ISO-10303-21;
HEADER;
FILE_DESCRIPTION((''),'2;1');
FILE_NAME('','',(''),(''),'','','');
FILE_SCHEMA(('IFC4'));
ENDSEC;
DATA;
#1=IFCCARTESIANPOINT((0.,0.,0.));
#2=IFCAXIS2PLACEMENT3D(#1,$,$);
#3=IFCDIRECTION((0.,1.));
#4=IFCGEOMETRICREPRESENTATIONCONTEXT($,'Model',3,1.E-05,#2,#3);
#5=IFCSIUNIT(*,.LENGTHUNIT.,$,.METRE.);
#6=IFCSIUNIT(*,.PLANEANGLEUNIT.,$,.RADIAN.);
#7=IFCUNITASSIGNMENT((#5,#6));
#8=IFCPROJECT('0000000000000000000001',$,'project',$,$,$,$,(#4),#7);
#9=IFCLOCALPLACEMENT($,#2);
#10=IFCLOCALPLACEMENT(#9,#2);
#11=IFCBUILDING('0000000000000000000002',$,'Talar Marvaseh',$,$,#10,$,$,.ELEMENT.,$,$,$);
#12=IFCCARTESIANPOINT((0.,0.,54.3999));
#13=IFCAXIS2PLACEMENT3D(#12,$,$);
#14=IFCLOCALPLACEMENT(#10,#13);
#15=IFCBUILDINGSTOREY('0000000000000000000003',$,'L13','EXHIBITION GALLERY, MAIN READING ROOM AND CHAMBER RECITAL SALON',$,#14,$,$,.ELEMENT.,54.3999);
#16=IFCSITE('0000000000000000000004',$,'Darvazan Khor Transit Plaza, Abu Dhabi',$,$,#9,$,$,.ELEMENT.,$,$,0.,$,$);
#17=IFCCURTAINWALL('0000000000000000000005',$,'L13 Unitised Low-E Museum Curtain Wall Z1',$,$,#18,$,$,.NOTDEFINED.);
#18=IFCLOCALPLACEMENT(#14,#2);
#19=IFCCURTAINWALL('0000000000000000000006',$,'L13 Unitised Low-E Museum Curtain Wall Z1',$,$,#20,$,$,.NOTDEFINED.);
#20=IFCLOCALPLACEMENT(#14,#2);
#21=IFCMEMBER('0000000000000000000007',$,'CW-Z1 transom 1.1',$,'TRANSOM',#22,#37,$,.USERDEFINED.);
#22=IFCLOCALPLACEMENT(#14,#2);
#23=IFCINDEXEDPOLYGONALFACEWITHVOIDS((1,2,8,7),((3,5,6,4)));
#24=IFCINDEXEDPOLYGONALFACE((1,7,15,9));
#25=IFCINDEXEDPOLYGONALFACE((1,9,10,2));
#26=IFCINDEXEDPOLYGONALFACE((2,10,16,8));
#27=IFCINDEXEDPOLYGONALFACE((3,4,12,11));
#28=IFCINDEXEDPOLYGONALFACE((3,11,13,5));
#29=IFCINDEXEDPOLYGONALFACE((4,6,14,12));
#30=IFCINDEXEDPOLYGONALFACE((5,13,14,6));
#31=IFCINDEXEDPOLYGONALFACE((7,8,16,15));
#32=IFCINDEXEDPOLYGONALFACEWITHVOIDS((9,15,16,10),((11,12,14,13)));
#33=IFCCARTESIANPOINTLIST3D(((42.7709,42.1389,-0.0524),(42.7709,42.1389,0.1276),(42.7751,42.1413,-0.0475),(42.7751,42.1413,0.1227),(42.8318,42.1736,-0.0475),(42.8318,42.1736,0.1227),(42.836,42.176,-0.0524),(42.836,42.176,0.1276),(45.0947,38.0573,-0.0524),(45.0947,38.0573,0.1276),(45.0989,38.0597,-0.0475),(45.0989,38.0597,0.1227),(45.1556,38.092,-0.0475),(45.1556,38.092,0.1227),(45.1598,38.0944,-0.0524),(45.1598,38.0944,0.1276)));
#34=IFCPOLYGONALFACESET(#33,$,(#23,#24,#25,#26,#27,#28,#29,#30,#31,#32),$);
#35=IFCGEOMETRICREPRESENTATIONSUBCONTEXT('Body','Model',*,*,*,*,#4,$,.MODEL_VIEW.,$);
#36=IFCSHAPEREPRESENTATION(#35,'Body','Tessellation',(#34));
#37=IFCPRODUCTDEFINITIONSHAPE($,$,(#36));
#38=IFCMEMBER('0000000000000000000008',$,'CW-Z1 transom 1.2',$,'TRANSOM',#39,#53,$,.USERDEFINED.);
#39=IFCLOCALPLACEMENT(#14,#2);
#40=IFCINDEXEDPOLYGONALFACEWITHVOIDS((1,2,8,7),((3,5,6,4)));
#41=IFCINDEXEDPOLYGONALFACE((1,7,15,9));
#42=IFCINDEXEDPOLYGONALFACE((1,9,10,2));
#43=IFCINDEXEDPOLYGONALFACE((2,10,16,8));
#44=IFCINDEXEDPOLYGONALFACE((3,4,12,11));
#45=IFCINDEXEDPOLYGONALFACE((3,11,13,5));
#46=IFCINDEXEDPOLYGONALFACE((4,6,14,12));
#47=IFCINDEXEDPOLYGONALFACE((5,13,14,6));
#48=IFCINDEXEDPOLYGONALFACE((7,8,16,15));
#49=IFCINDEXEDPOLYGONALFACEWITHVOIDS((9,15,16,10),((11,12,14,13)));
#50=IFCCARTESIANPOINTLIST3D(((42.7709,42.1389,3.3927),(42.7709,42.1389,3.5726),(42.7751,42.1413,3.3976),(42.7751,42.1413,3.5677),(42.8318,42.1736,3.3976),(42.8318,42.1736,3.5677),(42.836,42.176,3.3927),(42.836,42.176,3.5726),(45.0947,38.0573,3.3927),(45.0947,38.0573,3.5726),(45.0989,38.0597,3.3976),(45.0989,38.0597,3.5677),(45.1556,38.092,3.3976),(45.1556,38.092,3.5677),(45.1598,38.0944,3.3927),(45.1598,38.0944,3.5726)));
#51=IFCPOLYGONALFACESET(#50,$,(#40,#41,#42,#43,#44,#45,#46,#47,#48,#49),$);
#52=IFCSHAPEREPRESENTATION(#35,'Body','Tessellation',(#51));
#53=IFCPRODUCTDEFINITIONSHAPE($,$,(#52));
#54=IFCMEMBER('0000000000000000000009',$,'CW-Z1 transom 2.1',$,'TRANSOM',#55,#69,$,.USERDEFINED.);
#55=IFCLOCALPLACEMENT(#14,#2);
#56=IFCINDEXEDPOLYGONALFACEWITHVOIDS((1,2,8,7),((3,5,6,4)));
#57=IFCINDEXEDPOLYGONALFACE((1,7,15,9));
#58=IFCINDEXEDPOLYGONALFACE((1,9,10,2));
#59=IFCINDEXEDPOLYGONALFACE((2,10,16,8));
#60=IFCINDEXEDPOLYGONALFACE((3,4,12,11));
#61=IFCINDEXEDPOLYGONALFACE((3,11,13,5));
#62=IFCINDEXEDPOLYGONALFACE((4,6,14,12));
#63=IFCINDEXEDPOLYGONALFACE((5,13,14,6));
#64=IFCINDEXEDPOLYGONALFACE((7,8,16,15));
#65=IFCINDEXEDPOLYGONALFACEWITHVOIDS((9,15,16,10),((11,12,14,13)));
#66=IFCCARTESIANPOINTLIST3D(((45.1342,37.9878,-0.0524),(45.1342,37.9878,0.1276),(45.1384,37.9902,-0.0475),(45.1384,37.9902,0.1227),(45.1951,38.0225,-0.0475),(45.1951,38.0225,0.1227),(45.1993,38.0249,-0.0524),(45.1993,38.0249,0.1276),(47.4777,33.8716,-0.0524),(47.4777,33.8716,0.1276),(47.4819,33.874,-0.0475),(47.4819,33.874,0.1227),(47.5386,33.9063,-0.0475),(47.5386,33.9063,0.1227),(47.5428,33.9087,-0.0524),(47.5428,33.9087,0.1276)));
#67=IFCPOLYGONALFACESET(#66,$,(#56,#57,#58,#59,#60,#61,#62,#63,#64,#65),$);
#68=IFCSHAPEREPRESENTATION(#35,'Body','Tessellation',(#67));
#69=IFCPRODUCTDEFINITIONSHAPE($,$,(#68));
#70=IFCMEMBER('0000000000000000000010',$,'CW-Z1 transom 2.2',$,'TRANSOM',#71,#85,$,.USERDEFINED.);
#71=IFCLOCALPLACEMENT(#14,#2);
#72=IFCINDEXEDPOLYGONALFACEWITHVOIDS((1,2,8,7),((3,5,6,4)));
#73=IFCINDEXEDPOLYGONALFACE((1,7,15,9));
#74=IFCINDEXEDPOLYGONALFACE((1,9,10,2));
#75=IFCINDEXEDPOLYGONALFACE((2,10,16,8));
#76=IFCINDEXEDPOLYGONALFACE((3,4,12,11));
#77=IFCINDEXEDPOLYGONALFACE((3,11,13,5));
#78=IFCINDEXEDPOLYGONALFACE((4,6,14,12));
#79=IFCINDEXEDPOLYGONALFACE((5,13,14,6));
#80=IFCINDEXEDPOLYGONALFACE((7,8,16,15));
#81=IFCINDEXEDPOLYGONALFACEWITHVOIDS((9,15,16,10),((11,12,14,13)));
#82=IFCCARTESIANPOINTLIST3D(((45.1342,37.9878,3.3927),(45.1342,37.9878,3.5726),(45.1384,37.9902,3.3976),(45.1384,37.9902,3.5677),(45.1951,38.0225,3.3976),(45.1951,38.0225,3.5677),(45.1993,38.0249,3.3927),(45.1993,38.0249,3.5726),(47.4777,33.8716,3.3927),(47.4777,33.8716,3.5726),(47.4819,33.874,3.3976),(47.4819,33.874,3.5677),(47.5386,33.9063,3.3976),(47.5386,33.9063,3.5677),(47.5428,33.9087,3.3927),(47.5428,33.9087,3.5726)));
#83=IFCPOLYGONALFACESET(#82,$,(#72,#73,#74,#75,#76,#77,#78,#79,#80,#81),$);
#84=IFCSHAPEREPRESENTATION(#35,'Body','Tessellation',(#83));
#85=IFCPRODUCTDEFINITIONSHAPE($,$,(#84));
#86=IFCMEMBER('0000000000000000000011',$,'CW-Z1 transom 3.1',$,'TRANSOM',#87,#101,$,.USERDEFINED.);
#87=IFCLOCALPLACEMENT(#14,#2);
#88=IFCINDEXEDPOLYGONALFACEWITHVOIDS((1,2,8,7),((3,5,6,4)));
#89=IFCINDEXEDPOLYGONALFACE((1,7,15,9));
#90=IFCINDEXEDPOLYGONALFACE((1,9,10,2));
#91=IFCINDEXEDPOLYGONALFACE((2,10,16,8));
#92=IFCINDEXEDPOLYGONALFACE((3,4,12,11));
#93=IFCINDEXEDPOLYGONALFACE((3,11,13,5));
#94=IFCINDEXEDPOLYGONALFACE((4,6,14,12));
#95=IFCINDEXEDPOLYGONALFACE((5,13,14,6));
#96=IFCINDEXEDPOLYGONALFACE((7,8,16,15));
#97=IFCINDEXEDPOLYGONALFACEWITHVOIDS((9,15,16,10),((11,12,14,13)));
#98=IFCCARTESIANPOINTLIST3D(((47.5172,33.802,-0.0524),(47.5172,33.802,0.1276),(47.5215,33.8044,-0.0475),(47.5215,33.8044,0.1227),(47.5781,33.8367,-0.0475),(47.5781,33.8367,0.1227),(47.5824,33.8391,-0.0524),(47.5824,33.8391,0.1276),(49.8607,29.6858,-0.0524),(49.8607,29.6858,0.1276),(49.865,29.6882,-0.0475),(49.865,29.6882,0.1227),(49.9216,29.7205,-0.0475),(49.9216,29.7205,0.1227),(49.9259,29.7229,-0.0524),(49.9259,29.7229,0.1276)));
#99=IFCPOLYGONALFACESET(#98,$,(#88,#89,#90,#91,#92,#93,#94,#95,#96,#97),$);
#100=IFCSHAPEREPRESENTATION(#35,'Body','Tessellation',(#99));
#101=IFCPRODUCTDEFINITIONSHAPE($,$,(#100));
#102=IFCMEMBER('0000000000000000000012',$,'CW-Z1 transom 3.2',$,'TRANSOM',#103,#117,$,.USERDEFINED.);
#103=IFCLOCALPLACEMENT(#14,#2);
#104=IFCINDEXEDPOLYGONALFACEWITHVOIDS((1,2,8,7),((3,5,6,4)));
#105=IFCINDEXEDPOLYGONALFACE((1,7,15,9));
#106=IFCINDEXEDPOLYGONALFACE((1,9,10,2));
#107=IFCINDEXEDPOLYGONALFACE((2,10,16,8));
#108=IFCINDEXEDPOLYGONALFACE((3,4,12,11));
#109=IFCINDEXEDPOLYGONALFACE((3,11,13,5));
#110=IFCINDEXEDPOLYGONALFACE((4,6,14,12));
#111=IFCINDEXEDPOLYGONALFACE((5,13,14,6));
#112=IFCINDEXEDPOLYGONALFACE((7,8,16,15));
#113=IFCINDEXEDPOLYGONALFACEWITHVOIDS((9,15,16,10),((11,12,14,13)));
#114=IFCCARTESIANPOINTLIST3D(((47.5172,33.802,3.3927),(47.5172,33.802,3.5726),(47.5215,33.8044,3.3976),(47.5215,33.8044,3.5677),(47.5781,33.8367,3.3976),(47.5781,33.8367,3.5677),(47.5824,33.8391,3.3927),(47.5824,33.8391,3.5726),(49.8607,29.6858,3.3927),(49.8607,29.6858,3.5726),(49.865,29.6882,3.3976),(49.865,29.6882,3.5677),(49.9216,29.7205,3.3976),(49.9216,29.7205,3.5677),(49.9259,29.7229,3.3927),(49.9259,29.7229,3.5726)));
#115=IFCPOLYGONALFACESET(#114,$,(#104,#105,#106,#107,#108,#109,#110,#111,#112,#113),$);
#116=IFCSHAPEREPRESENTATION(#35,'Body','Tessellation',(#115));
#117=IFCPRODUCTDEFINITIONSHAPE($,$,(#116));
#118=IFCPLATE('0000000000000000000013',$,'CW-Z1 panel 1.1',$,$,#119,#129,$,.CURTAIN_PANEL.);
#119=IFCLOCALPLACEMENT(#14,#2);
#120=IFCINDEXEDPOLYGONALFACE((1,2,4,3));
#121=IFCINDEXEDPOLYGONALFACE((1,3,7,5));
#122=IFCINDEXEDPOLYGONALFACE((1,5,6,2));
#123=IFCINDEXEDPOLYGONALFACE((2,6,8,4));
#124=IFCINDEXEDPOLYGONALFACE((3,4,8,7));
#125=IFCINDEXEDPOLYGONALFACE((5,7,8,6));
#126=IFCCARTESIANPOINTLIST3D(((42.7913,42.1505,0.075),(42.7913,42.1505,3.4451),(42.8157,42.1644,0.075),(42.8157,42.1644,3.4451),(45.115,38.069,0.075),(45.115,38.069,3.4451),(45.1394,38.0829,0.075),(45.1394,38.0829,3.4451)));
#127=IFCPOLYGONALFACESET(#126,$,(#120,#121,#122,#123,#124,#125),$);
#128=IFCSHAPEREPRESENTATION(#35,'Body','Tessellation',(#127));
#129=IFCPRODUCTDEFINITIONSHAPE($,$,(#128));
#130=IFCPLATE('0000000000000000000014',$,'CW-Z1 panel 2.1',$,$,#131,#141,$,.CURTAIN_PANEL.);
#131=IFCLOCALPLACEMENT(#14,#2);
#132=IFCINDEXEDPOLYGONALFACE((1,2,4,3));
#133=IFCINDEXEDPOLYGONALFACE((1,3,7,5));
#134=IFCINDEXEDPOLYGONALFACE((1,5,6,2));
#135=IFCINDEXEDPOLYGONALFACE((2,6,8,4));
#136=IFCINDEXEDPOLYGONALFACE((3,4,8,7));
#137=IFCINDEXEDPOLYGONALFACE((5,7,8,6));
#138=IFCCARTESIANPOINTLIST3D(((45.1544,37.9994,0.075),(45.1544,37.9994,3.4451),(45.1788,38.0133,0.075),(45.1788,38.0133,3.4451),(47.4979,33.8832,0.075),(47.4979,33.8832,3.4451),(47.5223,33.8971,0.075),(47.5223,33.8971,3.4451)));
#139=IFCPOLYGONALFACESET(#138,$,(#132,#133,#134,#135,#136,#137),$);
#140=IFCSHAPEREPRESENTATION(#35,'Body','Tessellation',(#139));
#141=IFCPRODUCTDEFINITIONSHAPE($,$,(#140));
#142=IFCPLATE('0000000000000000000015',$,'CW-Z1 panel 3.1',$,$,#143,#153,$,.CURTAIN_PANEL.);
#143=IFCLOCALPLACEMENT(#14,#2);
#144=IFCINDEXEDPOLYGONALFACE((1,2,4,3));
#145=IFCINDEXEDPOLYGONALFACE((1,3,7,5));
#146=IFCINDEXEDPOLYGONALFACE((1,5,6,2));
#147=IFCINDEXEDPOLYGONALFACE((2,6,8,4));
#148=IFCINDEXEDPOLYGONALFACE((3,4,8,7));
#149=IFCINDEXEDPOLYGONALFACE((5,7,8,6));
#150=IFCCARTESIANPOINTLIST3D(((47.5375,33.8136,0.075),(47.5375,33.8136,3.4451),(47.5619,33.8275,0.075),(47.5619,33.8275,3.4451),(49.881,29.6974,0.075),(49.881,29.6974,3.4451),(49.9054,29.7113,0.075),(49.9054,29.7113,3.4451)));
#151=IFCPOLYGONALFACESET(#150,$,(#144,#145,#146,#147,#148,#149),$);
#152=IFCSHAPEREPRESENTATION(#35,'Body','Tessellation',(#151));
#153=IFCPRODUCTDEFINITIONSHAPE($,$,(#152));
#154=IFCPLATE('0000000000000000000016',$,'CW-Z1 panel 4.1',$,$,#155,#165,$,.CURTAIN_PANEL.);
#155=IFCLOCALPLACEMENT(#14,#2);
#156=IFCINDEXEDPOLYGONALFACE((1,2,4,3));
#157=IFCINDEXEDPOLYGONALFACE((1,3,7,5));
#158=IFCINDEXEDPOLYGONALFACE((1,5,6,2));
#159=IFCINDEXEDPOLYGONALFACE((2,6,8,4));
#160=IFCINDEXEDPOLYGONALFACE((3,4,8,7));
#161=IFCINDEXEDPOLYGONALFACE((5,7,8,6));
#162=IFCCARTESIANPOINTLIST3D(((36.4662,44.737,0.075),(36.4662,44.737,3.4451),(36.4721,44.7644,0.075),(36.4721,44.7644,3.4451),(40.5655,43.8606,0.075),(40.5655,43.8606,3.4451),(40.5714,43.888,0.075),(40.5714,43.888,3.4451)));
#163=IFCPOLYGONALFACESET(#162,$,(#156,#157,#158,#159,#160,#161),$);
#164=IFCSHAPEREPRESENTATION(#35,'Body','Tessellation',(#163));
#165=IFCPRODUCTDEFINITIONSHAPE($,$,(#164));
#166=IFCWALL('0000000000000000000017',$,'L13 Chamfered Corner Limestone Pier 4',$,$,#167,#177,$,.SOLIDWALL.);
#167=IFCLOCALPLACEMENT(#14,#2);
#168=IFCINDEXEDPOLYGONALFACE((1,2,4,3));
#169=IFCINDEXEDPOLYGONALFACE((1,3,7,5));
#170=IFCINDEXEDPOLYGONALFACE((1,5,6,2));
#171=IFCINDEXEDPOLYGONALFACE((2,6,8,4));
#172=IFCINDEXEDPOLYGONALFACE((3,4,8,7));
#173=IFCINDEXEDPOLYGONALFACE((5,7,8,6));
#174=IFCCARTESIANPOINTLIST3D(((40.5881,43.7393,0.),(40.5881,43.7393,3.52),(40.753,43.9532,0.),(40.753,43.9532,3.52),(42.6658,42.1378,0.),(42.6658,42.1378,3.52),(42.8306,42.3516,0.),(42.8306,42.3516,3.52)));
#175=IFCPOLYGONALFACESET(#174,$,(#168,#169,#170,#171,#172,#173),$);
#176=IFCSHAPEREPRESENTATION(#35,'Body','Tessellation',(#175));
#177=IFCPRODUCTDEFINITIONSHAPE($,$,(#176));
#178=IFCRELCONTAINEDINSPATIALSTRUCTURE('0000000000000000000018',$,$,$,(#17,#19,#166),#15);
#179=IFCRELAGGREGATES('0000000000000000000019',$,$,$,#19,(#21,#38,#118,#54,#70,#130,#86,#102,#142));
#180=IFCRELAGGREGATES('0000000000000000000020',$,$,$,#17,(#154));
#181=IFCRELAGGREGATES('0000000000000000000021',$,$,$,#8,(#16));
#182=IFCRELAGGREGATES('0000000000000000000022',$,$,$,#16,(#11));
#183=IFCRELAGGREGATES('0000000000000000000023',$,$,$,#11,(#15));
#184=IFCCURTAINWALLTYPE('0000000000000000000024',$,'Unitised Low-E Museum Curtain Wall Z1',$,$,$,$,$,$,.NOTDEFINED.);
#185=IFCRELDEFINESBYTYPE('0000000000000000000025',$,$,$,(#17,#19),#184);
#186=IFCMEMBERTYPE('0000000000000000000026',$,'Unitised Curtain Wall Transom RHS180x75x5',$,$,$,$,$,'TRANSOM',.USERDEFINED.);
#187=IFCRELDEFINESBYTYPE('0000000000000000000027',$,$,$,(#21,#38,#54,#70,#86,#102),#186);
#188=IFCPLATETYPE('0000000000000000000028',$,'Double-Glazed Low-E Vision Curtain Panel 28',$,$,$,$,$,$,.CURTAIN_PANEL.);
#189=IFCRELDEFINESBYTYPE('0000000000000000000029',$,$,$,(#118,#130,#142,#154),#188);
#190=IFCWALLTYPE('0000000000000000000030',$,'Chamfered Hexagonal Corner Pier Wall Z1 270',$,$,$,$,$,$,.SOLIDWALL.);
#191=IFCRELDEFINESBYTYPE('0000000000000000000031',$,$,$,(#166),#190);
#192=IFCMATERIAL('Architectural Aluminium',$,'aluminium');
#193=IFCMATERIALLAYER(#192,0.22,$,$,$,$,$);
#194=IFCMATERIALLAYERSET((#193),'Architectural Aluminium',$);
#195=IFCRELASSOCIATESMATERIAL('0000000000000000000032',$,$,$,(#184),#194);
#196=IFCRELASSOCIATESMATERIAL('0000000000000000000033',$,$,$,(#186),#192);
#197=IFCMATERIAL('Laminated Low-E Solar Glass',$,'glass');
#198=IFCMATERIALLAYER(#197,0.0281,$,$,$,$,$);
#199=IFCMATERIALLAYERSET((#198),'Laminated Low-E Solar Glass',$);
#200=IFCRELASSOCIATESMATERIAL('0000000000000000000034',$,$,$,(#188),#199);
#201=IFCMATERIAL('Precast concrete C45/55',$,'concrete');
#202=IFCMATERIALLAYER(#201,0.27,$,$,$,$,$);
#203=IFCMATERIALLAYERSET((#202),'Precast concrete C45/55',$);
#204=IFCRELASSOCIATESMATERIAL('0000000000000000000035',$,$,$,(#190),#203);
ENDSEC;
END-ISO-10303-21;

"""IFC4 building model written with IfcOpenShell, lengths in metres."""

from ifc_helpers import new_model, si_unit, direction, frame, frame_2d, origin, origin_2d, place, context, subcontext, project, spatial, rectangle, hollow_rectangle, extrude, source, transform, mapped, material, layer, layer_set, material_profile, profile_set, type_object, type_shapes, element, aggregate, save


model = new_model("IFC4")

# Units and contexts
model_context = context("Model", 3, precision=1e-05, world=origin(), true_north=direction((0.0, 1.0)))
body_context = subcontext(model_context, "Body", "Model", "MODEL_VIEW")
ifc_project = project(units=[si_unit("LENGTHUNIT", "METRE"), si_unit("PLANEANGLEUNIT", "RADIAN")], contexts=[model_context])

# Site, building, storey
site_placement = place(None, origin())
site = spatial("IfcSite", under=ifc_project, at=site_placement, Name="Darvazan Khor Transit Plaza, Abu Dhabi", CompositionType="ELEMENT", RefElevation=0.0)
building_placement = place(site_placement, origin())
building = spatial("IfcBuilding", under=site, at=building_placement, Name="Talar Marvaseh", CompositionType="ELEMENT")
storey_placement = place(building_placement, frame((0.0, 0.0, 54.3999)))
storey = spatial("IfcBuildingStorey", under=building, at=storey_placement, Name="L13", Description="EXHIBITION GALLERY, MAIN READING ROOM AND CHAMBER RECITAL SALON", CompositionType="ELEMENT", Elevation=54.3999)

# Curtain wall
ifc_material_1 = material(Name="Architectural Aluminium", Category="aluminium")
ifc_layer_1 = layer(ifc_material_1, 0.22)
ifc_layer_set_1 = layer_set([ifc_layer_1], Name="Architectural Aluminium")
curtain_wall_type = type_object("IfcCurtainWallType", Name="Unitised Low-E Museum Curtain Wall Z1", PredefinedType="NOTDEFINED", material=ifc_layer_set_1)
curtain_wall_1_placement = place(storey_placement, origin())
curtain_wall_1 = element("IfcCurtainWall", 1, at=curtain_wall_1_placement, inside=storey, type_object=curtain_wall_type, Name="L13 Unitised Low-E Museum Curtain Wall Z1", PredefinedType="NOTDEFINED")

# Curtain wall, members, plates
curtain_wall_2_placement = place(storey_placement, origin())
curtain_wall_2 = element("IfcCurtainWall", 2, at=curtain_wall_2_placement, inside=storey, type_object=curtain_wall_type, Name="L13 Unitised Low-E Museum Curtain Wall Z1", PredefinedType="NOTDEFINED")
ifc_material_profile_1 = material_profile(ifc_material_1, hollow_rectangle(XDim=0.075, YDim=0.1799, WallThickness=0.0049, at=origin_2d()), Name="RHS180x75x5")
ifc_profile_set_1 = profile_set([ifc_material_profile_1], Name="Architectural Aluminium")
member_type_1 = type_object("IfcMemberType", Name="Unitised Curtain Wall Transom RHS180x75x5", ElementType="TRANSOM", PredefinedType="USERDEFINED", material=ifc_profile_set_1)
shared_shape_1 = source(origin(), body_context, "Body", "SweptSolid", [
    extrude(hollow_rectangle(XDim=0.075, YDim=0.1799, WallThickness=0.0049, at=origin_2d()), origin(), (0.0, 0.0, 1.0), 4.6968),
])
member_1_placement = place(storey_placement, frame((42.8035, 42.1575, 0.0376), z_axis=(0.494761, -0.869029, 0.0), x_axis=(0.869029, 0.494761, 0.0)))
member_1 = element("IfcMember", 3, at=member_1_placement, type_object=member_type_1, Name="CW-Z1 transom 1.1", ObjectType="TRANSOM", PredefinedType="USERDEFINED", context=body_context, shape_type="MappedRepresentation", body=[
    mapped(shared_shape_1, transform((0.0, 0.0, 0.0), x_axis=(1.0, 0.0, 0.0), y_axis=(0.0, 1.0, 0.0), z_axis=(0.0, 0.0, 1.0), scale=1.0)),
])
member_2_placement = place(storey_placement, frame((42.8035, 42.1575, 3.4827), z_axis=(0.494761, -0.869029, 0.0), x_axis=(0.869029, 0.494761, 0.0)))
member_2 = element("IfcMember", 4, at=member_2_placement, type_object=member_type_1, Name="CW-Z1 transom 1.2", ObjectType="TRANSOM", PredefinedType="USERDEFINED", context=body_context, shape_type="MappedRepresentation", body=[
    mapped(shared_shape_1, transform((0.0, 0.0, 0.0), x_axis=(1.0, 0.0, 0.0), y_axis=(0.0, 1.0, 0.0), z_axis=(0.0, 0.0, 1.0), scale=1.0)),
])
shared_shape_2 = source(origin(), body_context, "Body", "SweptSolid", [
    extrude(hollow_rectangle(XDim=0.075, YDim=0.1799, WallThickness=0.0049, at=origin_2d()), origin(), (0.0, 0.0, 1.0), 4.7366),
])
type_shapes(member_type_1, [shared_shape_1, shared_shape_2])
member_3_placement = place(storey_placement, frame((45.1667, 38.0063, 0.0376), z_axis=(0.494767, -0.869026, 0.0), x_axis=(0.869026, 0.494767, 0.0)))
member_3 = element("IfcMember", 5, at=member_3_placement, type_object=member_type_1, Name="CW-Z1 transom 2.1", ObjectType="TRANSOM", PredefinedType="USERDEFINED", context=body_context, shape_type="MappedRepresentation", body=[
    mapped(shared_shape_2, transform((0.0, 0.0, 0.0), x_axis=(1.0, 0.0, 0.0), y_axis=(0.0, 1.0, 0.0), z_axis=(0.0, 0.0, 1.0), scale=1.0)),
])
member_4_placement = place(storey_placement, frame((45.1667, 38.0063, 3.4827), z_axis=(0.494767, -0.869026, 0.0), x_axis=(0.869026, 0.494767, 0.0)))
member_4 = element("IfcMember", 6, at=member_4_placement, type_object=member_type_1, Name="CW-Z1 transom 2.2", ObjectType="TRANSOM", PredefinedType="USERDEFINED", context=body_context, shape_type="MappedRepresentation", body=[
    mapped(shared_shape_2, transform((0.0, 0.0, 0.0), x_axis=(1.0, 0.0, 0.0), y_axis=(0.0, 1.0, 0.0), z_axis=(0.0, 0.0, 1.0), scale=1.0)),
])
member_5_placement = place(storey_placement, frame((47.5498, 33.8206, 0.0376), z_axis=(0.494767, -0.869026, 0.0), x_axis=(0.869026, 0.494767, 0.0)))
member_5 = element("IfcMember", 7, at=member_5_placement, type_object=member_type_1, Name="CW-Z1 transom 3.1", ObjectType="TRANSOM", PredefinedType="USERDEFINED", context=body_context, shape_type="MappedRepresentation", body=[
    mapped(shared_shape_2, transform((0.0, 0.0, 0.0), x_axis=(1.0, 0.0, 0.0), y_axis=(0.0, 1.0, 0.0), z_axis=(0.0, 0.0, 1.0), scale=1.0)),
])
member_6_placement = place(storey_placement, frame((47.5498, 33.8206, 3.4827), z_axis=(0.494767, -0.869026, 0.0), x_axis=(0.869026, 0.494767, 0.0)))
member_6 = element("IfcMember", 8, at=member_6_placement, type_object=member_type_1, Name="CW-Z1 transom 3.2", ObjectType="TRANSOM", PredefinedType="USERDEFINED", context=body_context, shape_type="MappedRepresentation", body=[
    mapped(shared_shape_2, transform((0.0, 0.0, 0.0), x_axis=(1.0, 0.0, 0.0), y_axis=(0.0, 1.0, 0.0), z_axis=(0.0, 0.0, 1.0), scale=1.0)),
])
ifc_material_2 = material(Name="Laminated Low-E Solar Glass", Category="glass")
ifc_layer_2 = layer(ifc_material_2, 0.0281)
ifc_layer_set_2 = layer_set([ifc_layer_2], Name="Laminated Low-E Solar Glass")
plate_type = type_object("IfcPlateType", Name="Double-Glazed Low-E Vision Curtain Panel 28", PredefinedType="CURTAIN_PANEL", material=ifc_layer_set_2)
shared_shape_3 = source(origin(), body_context, "Body", "SweptSolid", [
    extrude(rectangle(XDim=4.6965, YDim=0.0281, at=origin_2d()), origin(), (0.0, 0.0, 1.0), 3.3701),
])
plate_1_placement = place(storey_placement, frame((43.9653, 40.1167, 0.075), z_axis=(0.0, 0.0, 1.0), x_axis=(0.494762, -0.869029, 0.0)))
plate_1 = element("IfcPlate", 9, at=plate_1_placement, type_object=plate_type, Name="CW-Z1 panel 1.1", PredefinedType="CURTAIN_PANEL", context=body_context, shape_type="MappedRepresentation", body=[
    mapped(shared_shape_3, transform((0.0, 0.0, 0.0), x_axis=(1.0, 0.0, 0.0), y_axis=(0.0, 1.0, 0.0), z_axis=(0.0, 0.0, 1.0), scale=1.0)),
])
shared_shape_4 = source(origin(), body_context, "Body", "SweptSolid", [
    extrude(rectangle(XDim=4.7366, YDim=0.0281, at=origin_2d()), origin(), (0.0, 0.0, 1.0), 3.3701),
])
plate_2_placement = place(storey_placement, frame((46.3384, 35.9482, 0.075), z_axis=(0.0, 0.0, 1.0), x_axis=(0.494762, -0.869029, 0.0)))
plate_2 = element("IfcPlate", 10, at=plate_2_placement, type_object=plate_type, Name="CW-Z1 panel 2.1", PredefinedType="CURTAIN_PANEL", context=body_context, shape_type="MappedRepresentation", body=[
    mapped(shared_shape_4, transform((0.0, 0.0, 0.0), x_axis=(1.0, 0.0, 0.0), y_axis=(0.0, 1.0, 0.0), z_axis=(0.0, 0.0, 1.0), scale=1.0)),
])
plate_3_placement = place(storey_placement, frame((48.7214, 31.7625, 0.075), z_axis=(0.0, 0.0, 1.0), x_axis=(0.494762, -0.869029, 0.0)))
plate_3 = element("IfcPlate", 11, at=plate_3_placement, type_object=plate_type, Name="CW-Z1 panel 3.1", PredefinedType="CURTAIN_PANEL", context=body_context, shape_type="MappedRepresentation", body=[
    mapped(shared_shape_4, transform((0.0, 0.0, 0.0), x_axis=(1.0, 0.0, 0.0), y_axis=(0.0, 1.0, 0.0), z_axis=(0.0, 0.0, 1.0), scale=1.0)),
])
aggregate(curtain_wall_2, [member_1, member_2, plate_1, member_3, member_4, plate_2, member_5, member_6, plate_3])

# Plate
shared_shape_5 = source(origin(), body_context, "Body", "SweptSolid", [
    extrude(rectangle(XDim=4.1919, YDim=0.0281, at=origin_2d()), origin(), (0.0, 0.0, 1.0), 3.3701),
])
type_shapes(plate_type, [shared_shape_3, shared_shape_4, shared_shape_5])
plate_4_placement = place(storey_placement, frame((38.5188, 44.3125, 0.075), z_axis=(0.0, 0.0, 1.0), x_axis=(0.9779, -0.209073, 0.0)))
plate_4 = element("IfcPlate", 12, at=plate_4_placement, type_object=plate_type, Name="CW-Z1 panel 4.1", PredefinedType="CURTAIN_PANEL", context=body_context, shape_type="MappedRepresentation", body=[
    mapped(shared_shape_5, transform((0.0, 0.0, 0.0), x_axis=(1.0, 0.0, 0.0), y_axis=(0.0, 1.0, 0.0), z_axis=(0.0, 0.0, 1.0), scale=1.0)),
])
aggregate(curtain_wall_1, [plate_4])

# Wall
ifc_material_3 = material(Name="Precast concrete C45/55", Category="concrete")
ifc_layer_3 = layer(ifc_material_3, 0.27)
ifc_layer_set_3 = layer_set([ifc_layer_3], Name="Precast concrete C45/55")
wall_type = type_object("IfcWallType", Name="Chamfered Hexagonal Corner Pier Wall Z1 270", PredefinedType="SOLIDWALL", material=ifc_layer_set_3)
wall_placement = place(storey_placement, frame((40.6707, 43.8462, 0.0), z_axis=(0.0, 0.0, 1.0), x_axis=(0.792001, -0.61052, 0.0)))
element("IfcWall", 13, at=wall_placement, inside=storey, type_object=wall_type, Name="L13 Chamfered Corner Limestone Pier 4", PredefinedType="SOLIDWALL", context=body_context, shape_type="SweptSolid", body=[
    extrude(rectangle(XDim=2.6233, YDim=0.27, at=frame_2d((1.3115, 0.0))), origin(), (0.0, 0.0, 1.0), 3.52),
])

save(model, "model.ifc")
